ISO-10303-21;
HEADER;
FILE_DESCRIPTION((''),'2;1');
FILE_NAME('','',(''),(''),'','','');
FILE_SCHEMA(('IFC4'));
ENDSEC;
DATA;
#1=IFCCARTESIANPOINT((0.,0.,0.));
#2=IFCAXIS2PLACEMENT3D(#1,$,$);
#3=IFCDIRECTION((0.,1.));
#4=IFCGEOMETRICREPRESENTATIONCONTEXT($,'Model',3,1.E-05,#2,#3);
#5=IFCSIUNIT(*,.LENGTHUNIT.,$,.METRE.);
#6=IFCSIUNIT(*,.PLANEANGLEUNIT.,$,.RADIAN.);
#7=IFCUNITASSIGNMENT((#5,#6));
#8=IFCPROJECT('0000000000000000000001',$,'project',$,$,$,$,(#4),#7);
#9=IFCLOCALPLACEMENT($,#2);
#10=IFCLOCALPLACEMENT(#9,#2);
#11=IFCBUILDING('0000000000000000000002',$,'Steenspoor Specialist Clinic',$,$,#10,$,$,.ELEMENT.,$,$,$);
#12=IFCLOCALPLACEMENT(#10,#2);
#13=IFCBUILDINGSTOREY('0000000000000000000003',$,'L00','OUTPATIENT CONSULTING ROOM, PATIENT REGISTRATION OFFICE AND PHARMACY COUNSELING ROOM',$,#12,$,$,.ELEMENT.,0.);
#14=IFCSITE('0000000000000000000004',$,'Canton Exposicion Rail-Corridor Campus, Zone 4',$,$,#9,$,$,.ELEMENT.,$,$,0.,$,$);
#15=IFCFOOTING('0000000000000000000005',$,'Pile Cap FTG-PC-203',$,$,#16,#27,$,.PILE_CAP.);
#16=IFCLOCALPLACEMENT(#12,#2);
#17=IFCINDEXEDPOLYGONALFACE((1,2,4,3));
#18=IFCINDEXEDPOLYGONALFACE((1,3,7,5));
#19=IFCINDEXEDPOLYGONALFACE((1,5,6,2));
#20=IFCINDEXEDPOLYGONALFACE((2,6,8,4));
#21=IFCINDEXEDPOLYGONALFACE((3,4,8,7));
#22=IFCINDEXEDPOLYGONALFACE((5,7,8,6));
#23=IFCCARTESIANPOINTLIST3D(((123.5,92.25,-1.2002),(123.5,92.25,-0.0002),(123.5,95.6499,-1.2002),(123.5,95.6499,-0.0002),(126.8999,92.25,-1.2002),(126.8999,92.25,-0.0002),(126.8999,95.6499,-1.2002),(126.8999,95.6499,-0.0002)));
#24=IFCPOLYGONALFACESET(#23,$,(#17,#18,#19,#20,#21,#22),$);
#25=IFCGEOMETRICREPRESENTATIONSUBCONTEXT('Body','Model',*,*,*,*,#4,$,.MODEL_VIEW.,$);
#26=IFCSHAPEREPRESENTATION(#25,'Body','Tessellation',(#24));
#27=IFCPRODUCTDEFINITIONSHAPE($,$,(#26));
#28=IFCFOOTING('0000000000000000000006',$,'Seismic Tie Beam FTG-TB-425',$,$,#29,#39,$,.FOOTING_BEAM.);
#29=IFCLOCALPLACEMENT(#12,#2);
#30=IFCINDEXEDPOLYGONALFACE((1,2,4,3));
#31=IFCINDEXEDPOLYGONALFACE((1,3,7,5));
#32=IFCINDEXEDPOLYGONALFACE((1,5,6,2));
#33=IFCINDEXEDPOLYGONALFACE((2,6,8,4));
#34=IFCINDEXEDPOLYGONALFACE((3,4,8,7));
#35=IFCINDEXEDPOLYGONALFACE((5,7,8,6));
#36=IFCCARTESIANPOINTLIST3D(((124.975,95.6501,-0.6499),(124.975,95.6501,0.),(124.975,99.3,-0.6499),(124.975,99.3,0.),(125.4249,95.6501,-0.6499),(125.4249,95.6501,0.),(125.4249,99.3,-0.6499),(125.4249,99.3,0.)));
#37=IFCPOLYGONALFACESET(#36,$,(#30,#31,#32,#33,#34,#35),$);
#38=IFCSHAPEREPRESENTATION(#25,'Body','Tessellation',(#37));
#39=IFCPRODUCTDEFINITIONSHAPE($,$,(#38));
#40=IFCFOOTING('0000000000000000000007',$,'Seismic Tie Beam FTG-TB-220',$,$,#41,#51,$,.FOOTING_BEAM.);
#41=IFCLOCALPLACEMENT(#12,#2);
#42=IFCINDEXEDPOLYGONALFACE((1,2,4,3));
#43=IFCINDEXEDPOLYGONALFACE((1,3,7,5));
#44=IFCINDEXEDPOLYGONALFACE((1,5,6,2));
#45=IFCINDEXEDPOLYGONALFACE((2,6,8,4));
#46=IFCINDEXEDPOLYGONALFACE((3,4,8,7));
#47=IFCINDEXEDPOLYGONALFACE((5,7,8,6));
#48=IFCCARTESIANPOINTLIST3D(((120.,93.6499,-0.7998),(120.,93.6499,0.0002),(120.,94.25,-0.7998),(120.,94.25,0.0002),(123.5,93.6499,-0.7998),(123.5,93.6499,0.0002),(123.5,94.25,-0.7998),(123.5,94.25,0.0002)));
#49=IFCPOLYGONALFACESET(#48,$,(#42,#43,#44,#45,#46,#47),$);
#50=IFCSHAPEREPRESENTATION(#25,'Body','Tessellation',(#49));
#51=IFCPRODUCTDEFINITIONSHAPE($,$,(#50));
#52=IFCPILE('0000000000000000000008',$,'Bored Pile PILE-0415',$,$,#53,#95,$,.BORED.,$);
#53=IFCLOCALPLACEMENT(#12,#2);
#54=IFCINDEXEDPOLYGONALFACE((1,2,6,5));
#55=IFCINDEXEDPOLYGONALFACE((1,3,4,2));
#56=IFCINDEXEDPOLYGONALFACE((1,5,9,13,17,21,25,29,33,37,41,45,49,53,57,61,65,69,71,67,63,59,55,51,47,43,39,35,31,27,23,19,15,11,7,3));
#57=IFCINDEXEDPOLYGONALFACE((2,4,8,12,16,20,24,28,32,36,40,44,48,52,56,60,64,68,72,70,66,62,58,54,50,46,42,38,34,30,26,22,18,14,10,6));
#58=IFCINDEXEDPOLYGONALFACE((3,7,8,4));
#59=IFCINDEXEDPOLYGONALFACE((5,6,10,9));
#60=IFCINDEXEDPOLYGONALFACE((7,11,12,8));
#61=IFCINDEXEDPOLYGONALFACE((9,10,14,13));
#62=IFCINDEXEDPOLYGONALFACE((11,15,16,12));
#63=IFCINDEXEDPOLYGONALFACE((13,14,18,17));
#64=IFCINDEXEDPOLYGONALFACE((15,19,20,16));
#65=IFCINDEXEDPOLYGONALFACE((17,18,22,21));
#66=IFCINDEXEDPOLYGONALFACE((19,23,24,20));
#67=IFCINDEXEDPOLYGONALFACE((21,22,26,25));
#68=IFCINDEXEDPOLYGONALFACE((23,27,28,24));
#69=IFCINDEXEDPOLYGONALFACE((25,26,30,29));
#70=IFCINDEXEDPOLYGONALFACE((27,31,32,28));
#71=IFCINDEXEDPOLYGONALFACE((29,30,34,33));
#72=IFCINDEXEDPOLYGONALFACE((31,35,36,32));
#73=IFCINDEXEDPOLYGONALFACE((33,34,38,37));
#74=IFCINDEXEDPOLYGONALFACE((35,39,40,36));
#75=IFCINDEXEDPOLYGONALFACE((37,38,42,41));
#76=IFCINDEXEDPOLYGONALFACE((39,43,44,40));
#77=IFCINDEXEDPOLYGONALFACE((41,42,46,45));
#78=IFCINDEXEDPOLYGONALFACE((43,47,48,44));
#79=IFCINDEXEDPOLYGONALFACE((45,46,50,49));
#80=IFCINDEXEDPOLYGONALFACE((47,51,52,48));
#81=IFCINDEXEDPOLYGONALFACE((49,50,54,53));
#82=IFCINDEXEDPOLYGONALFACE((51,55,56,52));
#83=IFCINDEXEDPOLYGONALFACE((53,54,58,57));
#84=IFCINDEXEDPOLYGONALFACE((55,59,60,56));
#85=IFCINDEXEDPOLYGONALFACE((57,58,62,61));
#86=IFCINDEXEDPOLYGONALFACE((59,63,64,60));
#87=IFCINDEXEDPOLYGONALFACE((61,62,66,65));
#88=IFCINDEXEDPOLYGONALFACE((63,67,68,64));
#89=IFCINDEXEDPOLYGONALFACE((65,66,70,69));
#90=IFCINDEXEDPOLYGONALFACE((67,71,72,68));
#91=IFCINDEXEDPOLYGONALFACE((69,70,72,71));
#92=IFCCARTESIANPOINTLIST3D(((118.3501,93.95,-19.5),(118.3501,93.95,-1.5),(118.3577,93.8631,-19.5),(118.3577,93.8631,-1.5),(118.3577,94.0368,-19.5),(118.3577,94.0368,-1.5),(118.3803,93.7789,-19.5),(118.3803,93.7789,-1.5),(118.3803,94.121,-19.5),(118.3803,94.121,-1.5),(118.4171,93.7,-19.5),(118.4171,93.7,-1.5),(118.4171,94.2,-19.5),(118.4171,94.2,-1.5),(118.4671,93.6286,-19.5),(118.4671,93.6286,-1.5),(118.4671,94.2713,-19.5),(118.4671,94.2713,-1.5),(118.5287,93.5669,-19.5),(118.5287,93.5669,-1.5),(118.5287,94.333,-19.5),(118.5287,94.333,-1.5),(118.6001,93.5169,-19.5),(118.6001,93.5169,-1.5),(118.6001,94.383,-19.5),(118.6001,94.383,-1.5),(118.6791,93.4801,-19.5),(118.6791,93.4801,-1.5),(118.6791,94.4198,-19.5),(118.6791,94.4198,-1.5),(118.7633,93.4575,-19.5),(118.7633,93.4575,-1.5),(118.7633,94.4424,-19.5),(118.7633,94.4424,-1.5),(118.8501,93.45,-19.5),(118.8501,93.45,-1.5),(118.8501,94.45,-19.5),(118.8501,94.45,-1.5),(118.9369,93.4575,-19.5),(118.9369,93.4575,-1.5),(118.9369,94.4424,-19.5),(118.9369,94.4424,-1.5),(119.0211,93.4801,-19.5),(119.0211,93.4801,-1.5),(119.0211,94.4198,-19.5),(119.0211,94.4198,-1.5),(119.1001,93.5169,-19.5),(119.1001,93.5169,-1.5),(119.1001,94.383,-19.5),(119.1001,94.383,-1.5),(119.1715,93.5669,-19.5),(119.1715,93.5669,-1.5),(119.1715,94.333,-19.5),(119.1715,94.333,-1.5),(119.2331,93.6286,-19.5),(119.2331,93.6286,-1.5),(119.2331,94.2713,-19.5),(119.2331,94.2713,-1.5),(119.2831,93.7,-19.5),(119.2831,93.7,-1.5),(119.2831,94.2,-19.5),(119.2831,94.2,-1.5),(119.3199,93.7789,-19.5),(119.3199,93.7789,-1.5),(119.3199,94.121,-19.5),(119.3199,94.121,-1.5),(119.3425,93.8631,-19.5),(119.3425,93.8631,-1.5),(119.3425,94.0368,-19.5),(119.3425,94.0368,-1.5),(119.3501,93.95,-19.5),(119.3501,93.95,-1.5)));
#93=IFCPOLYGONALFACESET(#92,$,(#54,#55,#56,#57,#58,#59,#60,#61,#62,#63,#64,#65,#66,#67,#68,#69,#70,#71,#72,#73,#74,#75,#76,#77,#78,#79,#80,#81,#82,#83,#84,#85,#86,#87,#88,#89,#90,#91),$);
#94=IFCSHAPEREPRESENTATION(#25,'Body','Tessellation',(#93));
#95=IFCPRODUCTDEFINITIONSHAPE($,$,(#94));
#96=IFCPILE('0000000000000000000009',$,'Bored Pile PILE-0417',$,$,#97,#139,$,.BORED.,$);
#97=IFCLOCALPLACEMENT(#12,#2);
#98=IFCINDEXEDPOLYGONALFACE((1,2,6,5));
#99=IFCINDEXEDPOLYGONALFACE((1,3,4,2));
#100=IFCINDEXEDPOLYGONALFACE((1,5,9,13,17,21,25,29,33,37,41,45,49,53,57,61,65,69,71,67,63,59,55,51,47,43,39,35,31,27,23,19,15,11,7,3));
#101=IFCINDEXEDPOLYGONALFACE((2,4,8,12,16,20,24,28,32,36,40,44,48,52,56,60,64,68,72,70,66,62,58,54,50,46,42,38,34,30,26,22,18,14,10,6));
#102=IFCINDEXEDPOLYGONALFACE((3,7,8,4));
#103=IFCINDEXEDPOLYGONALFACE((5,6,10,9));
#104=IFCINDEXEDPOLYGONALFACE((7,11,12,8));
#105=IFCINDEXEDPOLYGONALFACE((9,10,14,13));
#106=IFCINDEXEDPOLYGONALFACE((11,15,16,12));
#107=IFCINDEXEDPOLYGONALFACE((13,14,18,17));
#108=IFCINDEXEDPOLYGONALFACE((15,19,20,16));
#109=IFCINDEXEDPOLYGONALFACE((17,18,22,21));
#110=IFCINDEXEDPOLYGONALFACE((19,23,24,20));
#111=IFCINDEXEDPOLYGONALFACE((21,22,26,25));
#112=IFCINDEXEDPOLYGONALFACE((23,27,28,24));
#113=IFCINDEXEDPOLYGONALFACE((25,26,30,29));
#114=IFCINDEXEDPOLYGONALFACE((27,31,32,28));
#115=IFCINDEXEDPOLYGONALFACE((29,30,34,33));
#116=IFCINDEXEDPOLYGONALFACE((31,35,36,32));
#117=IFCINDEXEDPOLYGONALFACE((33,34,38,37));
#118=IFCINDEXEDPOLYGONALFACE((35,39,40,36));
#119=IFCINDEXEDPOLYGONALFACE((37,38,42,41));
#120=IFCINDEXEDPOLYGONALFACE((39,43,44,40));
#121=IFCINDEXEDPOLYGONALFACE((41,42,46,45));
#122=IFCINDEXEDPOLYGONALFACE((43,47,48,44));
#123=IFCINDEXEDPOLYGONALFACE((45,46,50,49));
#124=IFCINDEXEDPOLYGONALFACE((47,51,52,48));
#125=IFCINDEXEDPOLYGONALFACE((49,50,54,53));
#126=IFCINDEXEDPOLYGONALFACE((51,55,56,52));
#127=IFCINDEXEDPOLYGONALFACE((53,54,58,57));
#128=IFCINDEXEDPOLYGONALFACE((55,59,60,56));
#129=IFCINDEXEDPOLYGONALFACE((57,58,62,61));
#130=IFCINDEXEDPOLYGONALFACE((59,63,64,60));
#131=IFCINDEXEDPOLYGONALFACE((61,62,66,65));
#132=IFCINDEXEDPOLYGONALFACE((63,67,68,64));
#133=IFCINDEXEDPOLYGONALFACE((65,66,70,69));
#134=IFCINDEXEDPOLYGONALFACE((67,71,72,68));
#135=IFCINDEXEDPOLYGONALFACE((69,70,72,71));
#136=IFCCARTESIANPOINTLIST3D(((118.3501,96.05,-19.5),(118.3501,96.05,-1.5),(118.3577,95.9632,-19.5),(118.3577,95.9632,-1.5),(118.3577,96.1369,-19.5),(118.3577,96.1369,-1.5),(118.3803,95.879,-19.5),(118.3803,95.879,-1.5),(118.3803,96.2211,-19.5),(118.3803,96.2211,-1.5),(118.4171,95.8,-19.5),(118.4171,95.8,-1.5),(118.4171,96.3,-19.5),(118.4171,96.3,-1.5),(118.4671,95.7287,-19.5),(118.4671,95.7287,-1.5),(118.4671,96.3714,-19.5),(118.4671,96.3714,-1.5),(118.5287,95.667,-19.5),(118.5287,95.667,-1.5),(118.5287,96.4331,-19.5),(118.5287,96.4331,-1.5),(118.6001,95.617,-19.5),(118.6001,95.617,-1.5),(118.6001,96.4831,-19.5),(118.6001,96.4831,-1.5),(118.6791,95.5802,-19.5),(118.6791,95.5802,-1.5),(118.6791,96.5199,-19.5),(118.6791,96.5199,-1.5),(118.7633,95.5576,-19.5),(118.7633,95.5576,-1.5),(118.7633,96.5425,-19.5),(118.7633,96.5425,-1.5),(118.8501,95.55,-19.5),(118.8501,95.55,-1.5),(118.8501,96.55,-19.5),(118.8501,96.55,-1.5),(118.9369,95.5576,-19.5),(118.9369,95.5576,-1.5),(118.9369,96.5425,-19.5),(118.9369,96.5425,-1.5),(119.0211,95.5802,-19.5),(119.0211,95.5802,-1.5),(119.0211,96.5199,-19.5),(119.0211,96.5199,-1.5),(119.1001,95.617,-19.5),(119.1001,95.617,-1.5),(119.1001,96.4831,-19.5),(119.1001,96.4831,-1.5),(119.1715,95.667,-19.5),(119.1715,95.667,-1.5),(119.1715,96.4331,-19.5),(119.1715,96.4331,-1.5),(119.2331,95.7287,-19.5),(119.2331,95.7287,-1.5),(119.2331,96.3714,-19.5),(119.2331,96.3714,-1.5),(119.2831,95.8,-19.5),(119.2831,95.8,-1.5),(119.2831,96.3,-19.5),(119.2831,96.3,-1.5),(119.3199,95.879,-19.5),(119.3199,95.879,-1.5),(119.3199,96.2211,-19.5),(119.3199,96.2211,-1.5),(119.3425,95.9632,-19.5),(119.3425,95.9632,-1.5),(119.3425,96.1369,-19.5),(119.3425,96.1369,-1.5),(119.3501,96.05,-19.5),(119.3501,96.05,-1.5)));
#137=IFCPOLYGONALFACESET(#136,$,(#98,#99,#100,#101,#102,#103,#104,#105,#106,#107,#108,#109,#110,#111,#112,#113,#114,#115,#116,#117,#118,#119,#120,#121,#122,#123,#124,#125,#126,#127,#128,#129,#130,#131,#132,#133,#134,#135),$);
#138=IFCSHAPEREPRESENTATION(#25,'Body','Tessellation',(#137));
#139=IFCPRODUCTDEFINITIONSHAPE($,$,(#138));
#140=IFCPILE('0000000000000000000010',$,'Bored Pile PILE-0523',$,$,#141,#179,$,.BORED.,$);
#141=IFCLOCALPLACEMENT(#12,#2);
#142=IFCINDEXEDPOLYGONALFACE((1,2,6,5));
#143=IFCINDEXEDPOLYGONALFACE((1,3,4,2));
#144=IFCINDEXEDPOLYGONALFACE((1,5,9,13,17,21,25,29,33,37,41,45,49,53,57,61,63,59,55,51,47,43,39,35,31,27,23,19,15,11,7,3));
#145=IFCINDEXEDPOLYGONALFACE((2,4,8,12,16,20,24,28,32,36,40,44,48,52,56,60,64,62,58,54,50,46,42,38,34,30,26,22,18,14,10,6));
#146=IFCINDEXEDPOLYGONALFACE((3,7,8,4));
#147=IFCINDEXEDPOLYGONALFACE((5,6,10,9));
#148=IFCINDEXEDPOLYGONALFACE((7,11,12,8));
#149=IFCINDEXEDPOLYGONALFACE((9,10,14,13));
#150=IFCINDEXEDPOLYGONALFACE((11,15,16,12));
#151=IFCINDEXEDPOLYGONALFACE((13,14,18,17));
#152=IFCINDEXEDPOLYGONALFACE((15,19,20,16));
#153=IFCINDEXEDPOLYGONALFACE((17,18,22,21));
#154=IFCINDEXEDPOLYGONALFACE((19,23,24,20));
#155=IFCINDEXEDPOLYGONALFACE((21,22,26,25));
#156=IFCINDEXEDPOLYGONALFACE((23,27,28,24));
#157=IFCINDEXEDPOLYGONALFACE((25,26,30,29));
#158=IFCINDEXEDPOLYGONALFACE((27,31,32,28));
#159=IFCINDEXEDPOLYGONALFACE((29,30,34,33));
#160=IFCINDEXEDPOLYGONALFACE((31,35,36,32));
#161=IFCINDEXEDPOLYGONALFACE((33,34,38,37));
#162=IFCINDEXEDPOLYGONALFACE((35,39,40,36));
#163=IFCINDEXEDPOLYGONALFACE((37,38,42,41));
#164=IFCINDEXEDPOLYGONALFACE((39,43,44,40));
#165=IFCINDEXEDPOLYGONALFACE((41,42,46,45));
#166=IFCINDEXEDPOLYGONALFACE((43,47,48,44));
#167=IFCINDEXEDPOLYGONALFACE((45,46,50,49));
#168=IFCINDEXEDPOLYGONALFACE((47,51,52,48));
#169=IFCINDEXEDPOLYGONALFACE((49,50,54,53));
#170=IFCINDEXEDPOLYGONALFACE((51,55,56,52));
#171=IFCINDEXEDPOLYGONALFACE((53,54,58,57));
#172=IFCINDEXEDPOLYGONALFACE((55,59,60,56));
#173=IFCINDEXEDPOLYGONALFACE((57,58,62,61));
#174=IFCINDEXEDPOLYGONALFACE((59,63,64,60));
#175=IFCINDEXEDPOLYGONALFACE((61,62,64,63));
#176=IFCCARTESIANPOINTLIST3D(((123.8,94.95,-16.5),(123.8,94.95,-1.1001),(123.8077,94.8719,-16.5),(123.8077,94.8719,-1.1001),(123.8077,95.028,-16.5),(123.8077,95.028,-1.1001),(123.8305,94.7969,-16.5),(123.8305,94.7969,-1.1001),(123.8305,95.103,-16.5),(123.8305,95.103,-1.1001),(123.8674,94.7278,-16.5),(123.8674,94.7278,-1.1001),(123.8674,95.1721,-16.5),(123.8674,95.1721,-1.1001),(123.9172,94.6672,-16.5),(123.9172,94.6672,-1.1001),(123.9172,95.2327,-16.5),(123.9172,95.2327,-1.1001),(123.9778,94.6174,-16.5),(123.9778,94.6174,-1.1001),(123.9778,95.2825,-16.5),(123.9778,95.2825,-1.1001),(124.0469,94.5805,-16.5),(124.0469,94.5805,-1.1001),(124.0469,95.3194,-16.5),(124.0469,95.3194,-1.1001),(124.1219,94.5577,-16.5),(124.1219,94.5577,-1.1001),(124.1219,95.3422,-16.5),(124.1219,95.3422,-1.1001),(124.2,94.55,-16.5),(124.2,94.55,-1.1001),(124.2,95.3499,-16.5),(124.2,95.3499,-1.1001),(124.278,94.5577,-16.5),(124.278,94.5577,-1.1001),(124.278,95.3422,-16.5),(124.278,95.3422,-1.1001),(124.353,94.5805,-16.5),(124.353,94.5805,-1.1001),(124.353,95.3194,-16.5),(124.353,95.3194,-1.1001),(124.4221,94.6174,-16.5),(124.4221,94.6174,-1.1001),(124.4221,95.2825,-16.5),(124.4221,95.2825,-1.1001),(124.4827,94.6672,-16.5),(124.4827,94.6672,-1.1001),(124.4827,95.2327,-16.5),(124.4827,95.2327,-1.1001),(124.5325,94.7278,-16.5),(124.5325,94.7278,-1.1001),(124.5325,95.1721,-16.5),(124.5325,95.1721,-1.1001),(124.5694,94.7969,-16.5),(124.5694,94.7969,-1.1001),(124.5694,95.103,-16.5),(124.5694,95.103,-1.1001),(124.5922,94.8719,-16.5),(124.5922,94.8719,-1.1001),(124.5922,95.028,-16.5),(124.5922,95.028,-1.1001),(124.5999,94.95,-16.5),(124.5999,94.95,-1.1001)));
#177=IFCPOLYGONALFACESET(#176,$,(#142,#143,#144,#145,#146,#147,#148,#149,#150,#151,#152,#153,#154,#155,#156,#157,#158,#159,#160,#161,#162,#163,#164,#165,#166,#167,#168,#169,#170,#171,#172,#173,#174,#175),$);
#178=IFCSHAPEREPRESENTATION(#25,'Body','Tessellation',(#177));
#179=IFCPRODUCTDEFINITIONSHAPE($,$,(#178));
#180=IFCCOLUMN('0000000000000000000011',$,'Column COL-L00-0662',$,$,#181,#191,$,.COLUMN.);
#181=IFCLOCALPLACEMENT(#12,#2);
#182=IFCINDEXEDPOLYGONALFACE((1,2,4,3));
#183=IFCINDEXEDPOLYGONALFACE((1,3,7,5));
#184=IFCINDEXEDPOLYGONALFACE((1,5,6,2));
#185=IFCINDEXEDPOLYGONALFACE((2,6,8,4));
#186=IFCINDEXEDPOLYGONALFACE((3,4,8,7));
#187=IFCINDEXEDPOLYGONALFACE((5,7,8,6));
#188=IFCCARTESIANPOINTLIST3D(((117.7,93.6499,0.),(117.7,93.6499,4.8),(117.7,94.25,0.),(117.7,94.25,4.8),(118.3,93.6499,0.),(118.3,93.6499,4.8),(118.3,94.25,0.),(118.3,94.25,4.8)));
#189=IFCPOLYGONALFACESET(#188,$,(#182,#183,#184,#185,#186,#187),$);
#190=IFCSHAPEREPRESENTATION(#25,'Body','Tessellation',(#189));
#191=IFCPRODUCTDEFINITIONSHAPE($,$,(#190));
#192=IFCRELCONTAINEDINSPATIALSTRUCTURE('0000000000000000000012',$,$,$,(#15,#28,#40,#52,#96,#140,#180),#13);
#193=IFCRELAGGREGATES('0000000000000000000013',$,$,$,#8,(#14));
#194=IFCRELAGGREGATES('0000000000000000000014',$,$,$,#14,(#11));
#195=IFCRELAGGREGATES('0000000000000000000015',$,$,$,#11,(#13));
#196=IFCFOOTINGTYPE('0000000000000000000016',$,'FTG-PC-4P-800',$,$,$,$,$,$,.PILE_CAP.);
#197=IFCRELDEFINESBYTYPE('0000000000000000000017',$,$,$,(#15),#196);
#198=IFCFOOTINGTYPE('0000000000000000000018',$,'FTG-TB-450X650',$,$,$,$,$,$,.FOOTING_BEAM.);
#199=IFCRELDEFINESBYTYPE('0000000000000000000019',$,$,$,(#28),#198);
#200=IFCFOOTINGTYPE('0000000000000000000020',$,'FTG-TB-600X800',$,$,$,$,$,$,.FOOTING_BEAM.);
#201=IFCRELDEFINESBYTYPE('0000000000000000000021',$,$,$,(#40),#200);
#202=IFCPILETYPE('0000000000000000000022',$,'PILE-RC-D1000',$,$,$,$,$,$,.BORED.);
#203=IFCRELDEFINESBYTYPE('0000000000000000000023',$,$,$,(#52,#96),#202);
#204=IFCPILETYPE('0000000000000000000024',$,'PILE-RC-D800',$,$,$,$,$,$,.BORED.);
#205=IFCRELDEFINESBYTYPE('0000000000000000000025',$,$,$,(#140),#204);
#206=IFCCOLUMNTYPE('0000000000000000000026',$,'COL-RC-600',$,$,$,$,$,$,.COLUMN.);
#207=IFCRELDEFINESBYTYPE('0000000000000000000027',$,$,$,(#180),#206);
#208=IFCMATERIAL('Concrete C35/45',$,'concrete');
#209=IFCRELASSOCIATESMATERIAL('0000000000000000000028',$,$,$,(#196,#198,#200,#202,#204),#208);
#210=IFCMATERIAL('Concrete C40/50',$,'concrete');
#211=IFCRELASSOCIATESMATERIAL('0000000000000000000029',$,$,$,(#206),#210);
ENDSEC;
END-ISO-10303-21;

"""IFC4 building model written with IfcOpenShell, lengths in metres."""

from ifc_helpers import new_model, si_unit, direction, frame, origin, origin_2d, place, context, subcontext, project, spatial, rectangle, circle, extrude, material, material_profile, profile_set, type_object, element, save


model = new_model("IFC4")

# Units and contexts
model_context = context("Model", 3, precision=1e-05, world=origin(), true_north=direction((0.0, 1.0)))
body_context = subcontext(model_context, "Body", "Model", "MODEL_VIEW")
ifc_project = project(units=[si_unit("LENGTHUNIT", "METRE"), si_unit("PLANEANGLEUNIT", "RADIAN")], contexts=[model_context])

# Site, building, storey
site_placement = place(None, origin())
site = spatial("IfcSite", under=ifc_project, at=site_placement, Name="Canton Exposicion Rail-Corridor Campus, Zone 4", CompositionType="ELEMENT", RefElevation=0.0)
building_placement = place(site_placement, origin())
building = spatial("IfcBuilding", under=site, at=building_placement, Name="Steenspoor Specialist Clinic", CompositionType="ELEMENT")
storey_placement = place(building_placement, origin())
storey = spatial("IfcBuildingStorey", under=building, at=storey_placement, Name="L00", Description="OUTPATIENT CONSULTING ROOM, PATIENT REGISTRATION OFFICE AND PHARMACY COUNSELING ROOM", CompositionType="ELEMENT", Elevation=0.0)

# Footings
ifc_material_1 = material(Name="Concrete C35/45", Category="concrete")
footing_type_1 = type_object("IfcFootingType", Name="FTG-PC-4P-800", PredefinedType="PILE_CAP", material=ifc_material_1)
footing_1_placement = place(storey_placement, frame((125.2, 93.95, -1.2002), z_axis=(0.0, 0.0, 1.0), x_axis=(1.0, 0.0, 0.0)))
element("IfcFooting", 1, at=footing_1_placement, inside=storey, type_object=footing_type_1, Name="Pile Cap FTG-PC-203", PredefinedType="PILE_CAP", context=body_context, shape_type="SweptSolid", body=[
    extrude(rectangle(XDim=3.3999, YDim=3.3999, at=origin_2d()), origin(), (0.0, 0.0, 1.0), 1.2),
])
footing_type_2 = type_object("IfcFootingType", Name="FTG-TB-450X650", PredefinedType="FOOTING_BEAM", material=ifc_material_1)
footing_2_placement = place(storey_placement, frame((125.2, 97.4751, -0.6499), z_axis=(0.0, 0.0, 1.0), x_axis=(1.0, 0.0, 0.0)))
element("IfcFooting", 2, at=footing_2_placement, inside=storey, type_object=footing_type_2, Name="Seismic Tie Beam FTG-TB-425", PredefinedType="FOOTING_BEAM", context=body_context, shape_type="SweptSolid", body=[
    extrude(rectangle(XDim=0.45, YDim=3.6499, at=origin_2d()), origin(), (0.0, 0.0, 1.0), 0.6499),
])
footing_type_3 = type_object("IfcFootingType", Name="FTG-TB-600X800", PredefinedType="FOOTING_BEAM", material=ifc_material_1)
footing_3_placement = place(storey_placement, frame((121.75, 93.95, -0.7998), z_axis=(0.0, 0.0, 1.0), x_axis=(1.0, 0.0, 0.0)))
element("IfcFooting", 3, at=footing_3_placement, inside=storey, type_object=footing_type_3, Name="Seismic Tie Beam FTG-TB-220", PredefinedType="FOOTING_BEAM", context=body_context, shape_type="SweptSolid", body=[
    extrude(rectangle(XDim=3.5, YDim=0.6001, at=origin_2d()), origin(), (0.0, 0.0, 1.0), 0.8),
])

# Piles
ifc_material_profile_1 = material_profile(ifc_material_1, circle(Radius=0.5, at=origin_2d()), Name="PILE-D1000")
ifc_profile_set_1 = profile_set([ifc_material_profile_1], Name="Concrete C35/45")
pile_type_1 = type_object("IfcPileType", Name="PILE-RC-D1000", PredefinedType="BORED", material=ifc_profile_set_1)
for number, where, z_axis, x_axis, name in (
    (4, (118.8501, 93.95, -1.5), (0.0, 0.0, -1.0), (1.0, 0.0, 0.0), "Bored Pile PILE-0415"),
    (5, (118.8501, 96.05, -1.5), (0.0, 0.0, -1.0), (1.0, 0.0, 0.0), "Bored Pile PILE-0417"),
):
    element("IfcPile", number, at=place(storey_placement, frame(where, z_axis=z_axis, x_axis=x_axis)), inside=storey, type_object=pile_type_1, Name=name, PredefinedType="BORED", context=body_context, shape_type="SweptSolid", body=[
        extrude(circle(Radius=0.5, at=origin_2d()), origin(), (0.0, 0.0, 1.0), 18.0),
    ])
ifc_material_profile_2 = material_profile(ifc_material_1, circle(Radius=0.3999, at=origin_2d()), Name="PILE-D800")
ifc_profile_set_2 = profile_set([ifc_material_profile_2], Name="Concrete C35/45")
pile_type_2 = type_object("IfcPileType", Name="PILE-RC-D800", PredefinedType="BORED", material=ifc_profile_set_2)
pile_placement = place(storey_placement, frame((124.2, 94.95, -1.1001), z_axis=(0.0, 0.0, -1.0), x_axis=(1.0, 0.0, 0.0)))
element("IfcPile", 6, at=pile_placement, inside=storey, type_object=pile_type_2, Name="Bored Pile PILE-0523", PredefinedType="BORED", context=body_context, shape_type="SweptSolid", body=[
    extrude(circle(Radius=0.3999, at=origin_2d()), origin(), (0.0, 0.0, 1.0), 15.3999),
])

# Column
ifc_material_2 = material(Name="Concrete C40/50", Category="concrete")
ifc_material_profile_3 = material_profile(ifc_material_2, rectangle(XDim=0.6001, YDim=0.6001, at=origin_2d()), Name="RC-COL-600X600")
ifc_profile_set_3 = profile_set([ifc_material_profile_3], Name="Concrete C40/50")
column_type = type_object("IfcColumnType", Name="COL-RC-600", PredefinedType="COLUMN", material=ifc_profile_set_3)
for number, where, z_axis, x_axis, name in (
    (7, (118.0, 93.95, 0.0), (0.0, 0.0, 1.0), (1.0, 0.0, 0.0), "Column COL-L00-0662"),
):
    element("IfcColumn", number, at=place(storey_placement, frame(where, z_axis=z_axis, x_axis=x_axis)), inside=storey, type_object=column_type, Name=name, PredefinedType="COLUMN", context=body_context, shape_type="SweptSolid", body=[
        extrude(rectangle(XDim=0.6001, YDim=0.6001, at=origin_2d()), origin(), (0.0, 0.0, 1.0), 4.8),
    ])

save(model, "model.ifc")
